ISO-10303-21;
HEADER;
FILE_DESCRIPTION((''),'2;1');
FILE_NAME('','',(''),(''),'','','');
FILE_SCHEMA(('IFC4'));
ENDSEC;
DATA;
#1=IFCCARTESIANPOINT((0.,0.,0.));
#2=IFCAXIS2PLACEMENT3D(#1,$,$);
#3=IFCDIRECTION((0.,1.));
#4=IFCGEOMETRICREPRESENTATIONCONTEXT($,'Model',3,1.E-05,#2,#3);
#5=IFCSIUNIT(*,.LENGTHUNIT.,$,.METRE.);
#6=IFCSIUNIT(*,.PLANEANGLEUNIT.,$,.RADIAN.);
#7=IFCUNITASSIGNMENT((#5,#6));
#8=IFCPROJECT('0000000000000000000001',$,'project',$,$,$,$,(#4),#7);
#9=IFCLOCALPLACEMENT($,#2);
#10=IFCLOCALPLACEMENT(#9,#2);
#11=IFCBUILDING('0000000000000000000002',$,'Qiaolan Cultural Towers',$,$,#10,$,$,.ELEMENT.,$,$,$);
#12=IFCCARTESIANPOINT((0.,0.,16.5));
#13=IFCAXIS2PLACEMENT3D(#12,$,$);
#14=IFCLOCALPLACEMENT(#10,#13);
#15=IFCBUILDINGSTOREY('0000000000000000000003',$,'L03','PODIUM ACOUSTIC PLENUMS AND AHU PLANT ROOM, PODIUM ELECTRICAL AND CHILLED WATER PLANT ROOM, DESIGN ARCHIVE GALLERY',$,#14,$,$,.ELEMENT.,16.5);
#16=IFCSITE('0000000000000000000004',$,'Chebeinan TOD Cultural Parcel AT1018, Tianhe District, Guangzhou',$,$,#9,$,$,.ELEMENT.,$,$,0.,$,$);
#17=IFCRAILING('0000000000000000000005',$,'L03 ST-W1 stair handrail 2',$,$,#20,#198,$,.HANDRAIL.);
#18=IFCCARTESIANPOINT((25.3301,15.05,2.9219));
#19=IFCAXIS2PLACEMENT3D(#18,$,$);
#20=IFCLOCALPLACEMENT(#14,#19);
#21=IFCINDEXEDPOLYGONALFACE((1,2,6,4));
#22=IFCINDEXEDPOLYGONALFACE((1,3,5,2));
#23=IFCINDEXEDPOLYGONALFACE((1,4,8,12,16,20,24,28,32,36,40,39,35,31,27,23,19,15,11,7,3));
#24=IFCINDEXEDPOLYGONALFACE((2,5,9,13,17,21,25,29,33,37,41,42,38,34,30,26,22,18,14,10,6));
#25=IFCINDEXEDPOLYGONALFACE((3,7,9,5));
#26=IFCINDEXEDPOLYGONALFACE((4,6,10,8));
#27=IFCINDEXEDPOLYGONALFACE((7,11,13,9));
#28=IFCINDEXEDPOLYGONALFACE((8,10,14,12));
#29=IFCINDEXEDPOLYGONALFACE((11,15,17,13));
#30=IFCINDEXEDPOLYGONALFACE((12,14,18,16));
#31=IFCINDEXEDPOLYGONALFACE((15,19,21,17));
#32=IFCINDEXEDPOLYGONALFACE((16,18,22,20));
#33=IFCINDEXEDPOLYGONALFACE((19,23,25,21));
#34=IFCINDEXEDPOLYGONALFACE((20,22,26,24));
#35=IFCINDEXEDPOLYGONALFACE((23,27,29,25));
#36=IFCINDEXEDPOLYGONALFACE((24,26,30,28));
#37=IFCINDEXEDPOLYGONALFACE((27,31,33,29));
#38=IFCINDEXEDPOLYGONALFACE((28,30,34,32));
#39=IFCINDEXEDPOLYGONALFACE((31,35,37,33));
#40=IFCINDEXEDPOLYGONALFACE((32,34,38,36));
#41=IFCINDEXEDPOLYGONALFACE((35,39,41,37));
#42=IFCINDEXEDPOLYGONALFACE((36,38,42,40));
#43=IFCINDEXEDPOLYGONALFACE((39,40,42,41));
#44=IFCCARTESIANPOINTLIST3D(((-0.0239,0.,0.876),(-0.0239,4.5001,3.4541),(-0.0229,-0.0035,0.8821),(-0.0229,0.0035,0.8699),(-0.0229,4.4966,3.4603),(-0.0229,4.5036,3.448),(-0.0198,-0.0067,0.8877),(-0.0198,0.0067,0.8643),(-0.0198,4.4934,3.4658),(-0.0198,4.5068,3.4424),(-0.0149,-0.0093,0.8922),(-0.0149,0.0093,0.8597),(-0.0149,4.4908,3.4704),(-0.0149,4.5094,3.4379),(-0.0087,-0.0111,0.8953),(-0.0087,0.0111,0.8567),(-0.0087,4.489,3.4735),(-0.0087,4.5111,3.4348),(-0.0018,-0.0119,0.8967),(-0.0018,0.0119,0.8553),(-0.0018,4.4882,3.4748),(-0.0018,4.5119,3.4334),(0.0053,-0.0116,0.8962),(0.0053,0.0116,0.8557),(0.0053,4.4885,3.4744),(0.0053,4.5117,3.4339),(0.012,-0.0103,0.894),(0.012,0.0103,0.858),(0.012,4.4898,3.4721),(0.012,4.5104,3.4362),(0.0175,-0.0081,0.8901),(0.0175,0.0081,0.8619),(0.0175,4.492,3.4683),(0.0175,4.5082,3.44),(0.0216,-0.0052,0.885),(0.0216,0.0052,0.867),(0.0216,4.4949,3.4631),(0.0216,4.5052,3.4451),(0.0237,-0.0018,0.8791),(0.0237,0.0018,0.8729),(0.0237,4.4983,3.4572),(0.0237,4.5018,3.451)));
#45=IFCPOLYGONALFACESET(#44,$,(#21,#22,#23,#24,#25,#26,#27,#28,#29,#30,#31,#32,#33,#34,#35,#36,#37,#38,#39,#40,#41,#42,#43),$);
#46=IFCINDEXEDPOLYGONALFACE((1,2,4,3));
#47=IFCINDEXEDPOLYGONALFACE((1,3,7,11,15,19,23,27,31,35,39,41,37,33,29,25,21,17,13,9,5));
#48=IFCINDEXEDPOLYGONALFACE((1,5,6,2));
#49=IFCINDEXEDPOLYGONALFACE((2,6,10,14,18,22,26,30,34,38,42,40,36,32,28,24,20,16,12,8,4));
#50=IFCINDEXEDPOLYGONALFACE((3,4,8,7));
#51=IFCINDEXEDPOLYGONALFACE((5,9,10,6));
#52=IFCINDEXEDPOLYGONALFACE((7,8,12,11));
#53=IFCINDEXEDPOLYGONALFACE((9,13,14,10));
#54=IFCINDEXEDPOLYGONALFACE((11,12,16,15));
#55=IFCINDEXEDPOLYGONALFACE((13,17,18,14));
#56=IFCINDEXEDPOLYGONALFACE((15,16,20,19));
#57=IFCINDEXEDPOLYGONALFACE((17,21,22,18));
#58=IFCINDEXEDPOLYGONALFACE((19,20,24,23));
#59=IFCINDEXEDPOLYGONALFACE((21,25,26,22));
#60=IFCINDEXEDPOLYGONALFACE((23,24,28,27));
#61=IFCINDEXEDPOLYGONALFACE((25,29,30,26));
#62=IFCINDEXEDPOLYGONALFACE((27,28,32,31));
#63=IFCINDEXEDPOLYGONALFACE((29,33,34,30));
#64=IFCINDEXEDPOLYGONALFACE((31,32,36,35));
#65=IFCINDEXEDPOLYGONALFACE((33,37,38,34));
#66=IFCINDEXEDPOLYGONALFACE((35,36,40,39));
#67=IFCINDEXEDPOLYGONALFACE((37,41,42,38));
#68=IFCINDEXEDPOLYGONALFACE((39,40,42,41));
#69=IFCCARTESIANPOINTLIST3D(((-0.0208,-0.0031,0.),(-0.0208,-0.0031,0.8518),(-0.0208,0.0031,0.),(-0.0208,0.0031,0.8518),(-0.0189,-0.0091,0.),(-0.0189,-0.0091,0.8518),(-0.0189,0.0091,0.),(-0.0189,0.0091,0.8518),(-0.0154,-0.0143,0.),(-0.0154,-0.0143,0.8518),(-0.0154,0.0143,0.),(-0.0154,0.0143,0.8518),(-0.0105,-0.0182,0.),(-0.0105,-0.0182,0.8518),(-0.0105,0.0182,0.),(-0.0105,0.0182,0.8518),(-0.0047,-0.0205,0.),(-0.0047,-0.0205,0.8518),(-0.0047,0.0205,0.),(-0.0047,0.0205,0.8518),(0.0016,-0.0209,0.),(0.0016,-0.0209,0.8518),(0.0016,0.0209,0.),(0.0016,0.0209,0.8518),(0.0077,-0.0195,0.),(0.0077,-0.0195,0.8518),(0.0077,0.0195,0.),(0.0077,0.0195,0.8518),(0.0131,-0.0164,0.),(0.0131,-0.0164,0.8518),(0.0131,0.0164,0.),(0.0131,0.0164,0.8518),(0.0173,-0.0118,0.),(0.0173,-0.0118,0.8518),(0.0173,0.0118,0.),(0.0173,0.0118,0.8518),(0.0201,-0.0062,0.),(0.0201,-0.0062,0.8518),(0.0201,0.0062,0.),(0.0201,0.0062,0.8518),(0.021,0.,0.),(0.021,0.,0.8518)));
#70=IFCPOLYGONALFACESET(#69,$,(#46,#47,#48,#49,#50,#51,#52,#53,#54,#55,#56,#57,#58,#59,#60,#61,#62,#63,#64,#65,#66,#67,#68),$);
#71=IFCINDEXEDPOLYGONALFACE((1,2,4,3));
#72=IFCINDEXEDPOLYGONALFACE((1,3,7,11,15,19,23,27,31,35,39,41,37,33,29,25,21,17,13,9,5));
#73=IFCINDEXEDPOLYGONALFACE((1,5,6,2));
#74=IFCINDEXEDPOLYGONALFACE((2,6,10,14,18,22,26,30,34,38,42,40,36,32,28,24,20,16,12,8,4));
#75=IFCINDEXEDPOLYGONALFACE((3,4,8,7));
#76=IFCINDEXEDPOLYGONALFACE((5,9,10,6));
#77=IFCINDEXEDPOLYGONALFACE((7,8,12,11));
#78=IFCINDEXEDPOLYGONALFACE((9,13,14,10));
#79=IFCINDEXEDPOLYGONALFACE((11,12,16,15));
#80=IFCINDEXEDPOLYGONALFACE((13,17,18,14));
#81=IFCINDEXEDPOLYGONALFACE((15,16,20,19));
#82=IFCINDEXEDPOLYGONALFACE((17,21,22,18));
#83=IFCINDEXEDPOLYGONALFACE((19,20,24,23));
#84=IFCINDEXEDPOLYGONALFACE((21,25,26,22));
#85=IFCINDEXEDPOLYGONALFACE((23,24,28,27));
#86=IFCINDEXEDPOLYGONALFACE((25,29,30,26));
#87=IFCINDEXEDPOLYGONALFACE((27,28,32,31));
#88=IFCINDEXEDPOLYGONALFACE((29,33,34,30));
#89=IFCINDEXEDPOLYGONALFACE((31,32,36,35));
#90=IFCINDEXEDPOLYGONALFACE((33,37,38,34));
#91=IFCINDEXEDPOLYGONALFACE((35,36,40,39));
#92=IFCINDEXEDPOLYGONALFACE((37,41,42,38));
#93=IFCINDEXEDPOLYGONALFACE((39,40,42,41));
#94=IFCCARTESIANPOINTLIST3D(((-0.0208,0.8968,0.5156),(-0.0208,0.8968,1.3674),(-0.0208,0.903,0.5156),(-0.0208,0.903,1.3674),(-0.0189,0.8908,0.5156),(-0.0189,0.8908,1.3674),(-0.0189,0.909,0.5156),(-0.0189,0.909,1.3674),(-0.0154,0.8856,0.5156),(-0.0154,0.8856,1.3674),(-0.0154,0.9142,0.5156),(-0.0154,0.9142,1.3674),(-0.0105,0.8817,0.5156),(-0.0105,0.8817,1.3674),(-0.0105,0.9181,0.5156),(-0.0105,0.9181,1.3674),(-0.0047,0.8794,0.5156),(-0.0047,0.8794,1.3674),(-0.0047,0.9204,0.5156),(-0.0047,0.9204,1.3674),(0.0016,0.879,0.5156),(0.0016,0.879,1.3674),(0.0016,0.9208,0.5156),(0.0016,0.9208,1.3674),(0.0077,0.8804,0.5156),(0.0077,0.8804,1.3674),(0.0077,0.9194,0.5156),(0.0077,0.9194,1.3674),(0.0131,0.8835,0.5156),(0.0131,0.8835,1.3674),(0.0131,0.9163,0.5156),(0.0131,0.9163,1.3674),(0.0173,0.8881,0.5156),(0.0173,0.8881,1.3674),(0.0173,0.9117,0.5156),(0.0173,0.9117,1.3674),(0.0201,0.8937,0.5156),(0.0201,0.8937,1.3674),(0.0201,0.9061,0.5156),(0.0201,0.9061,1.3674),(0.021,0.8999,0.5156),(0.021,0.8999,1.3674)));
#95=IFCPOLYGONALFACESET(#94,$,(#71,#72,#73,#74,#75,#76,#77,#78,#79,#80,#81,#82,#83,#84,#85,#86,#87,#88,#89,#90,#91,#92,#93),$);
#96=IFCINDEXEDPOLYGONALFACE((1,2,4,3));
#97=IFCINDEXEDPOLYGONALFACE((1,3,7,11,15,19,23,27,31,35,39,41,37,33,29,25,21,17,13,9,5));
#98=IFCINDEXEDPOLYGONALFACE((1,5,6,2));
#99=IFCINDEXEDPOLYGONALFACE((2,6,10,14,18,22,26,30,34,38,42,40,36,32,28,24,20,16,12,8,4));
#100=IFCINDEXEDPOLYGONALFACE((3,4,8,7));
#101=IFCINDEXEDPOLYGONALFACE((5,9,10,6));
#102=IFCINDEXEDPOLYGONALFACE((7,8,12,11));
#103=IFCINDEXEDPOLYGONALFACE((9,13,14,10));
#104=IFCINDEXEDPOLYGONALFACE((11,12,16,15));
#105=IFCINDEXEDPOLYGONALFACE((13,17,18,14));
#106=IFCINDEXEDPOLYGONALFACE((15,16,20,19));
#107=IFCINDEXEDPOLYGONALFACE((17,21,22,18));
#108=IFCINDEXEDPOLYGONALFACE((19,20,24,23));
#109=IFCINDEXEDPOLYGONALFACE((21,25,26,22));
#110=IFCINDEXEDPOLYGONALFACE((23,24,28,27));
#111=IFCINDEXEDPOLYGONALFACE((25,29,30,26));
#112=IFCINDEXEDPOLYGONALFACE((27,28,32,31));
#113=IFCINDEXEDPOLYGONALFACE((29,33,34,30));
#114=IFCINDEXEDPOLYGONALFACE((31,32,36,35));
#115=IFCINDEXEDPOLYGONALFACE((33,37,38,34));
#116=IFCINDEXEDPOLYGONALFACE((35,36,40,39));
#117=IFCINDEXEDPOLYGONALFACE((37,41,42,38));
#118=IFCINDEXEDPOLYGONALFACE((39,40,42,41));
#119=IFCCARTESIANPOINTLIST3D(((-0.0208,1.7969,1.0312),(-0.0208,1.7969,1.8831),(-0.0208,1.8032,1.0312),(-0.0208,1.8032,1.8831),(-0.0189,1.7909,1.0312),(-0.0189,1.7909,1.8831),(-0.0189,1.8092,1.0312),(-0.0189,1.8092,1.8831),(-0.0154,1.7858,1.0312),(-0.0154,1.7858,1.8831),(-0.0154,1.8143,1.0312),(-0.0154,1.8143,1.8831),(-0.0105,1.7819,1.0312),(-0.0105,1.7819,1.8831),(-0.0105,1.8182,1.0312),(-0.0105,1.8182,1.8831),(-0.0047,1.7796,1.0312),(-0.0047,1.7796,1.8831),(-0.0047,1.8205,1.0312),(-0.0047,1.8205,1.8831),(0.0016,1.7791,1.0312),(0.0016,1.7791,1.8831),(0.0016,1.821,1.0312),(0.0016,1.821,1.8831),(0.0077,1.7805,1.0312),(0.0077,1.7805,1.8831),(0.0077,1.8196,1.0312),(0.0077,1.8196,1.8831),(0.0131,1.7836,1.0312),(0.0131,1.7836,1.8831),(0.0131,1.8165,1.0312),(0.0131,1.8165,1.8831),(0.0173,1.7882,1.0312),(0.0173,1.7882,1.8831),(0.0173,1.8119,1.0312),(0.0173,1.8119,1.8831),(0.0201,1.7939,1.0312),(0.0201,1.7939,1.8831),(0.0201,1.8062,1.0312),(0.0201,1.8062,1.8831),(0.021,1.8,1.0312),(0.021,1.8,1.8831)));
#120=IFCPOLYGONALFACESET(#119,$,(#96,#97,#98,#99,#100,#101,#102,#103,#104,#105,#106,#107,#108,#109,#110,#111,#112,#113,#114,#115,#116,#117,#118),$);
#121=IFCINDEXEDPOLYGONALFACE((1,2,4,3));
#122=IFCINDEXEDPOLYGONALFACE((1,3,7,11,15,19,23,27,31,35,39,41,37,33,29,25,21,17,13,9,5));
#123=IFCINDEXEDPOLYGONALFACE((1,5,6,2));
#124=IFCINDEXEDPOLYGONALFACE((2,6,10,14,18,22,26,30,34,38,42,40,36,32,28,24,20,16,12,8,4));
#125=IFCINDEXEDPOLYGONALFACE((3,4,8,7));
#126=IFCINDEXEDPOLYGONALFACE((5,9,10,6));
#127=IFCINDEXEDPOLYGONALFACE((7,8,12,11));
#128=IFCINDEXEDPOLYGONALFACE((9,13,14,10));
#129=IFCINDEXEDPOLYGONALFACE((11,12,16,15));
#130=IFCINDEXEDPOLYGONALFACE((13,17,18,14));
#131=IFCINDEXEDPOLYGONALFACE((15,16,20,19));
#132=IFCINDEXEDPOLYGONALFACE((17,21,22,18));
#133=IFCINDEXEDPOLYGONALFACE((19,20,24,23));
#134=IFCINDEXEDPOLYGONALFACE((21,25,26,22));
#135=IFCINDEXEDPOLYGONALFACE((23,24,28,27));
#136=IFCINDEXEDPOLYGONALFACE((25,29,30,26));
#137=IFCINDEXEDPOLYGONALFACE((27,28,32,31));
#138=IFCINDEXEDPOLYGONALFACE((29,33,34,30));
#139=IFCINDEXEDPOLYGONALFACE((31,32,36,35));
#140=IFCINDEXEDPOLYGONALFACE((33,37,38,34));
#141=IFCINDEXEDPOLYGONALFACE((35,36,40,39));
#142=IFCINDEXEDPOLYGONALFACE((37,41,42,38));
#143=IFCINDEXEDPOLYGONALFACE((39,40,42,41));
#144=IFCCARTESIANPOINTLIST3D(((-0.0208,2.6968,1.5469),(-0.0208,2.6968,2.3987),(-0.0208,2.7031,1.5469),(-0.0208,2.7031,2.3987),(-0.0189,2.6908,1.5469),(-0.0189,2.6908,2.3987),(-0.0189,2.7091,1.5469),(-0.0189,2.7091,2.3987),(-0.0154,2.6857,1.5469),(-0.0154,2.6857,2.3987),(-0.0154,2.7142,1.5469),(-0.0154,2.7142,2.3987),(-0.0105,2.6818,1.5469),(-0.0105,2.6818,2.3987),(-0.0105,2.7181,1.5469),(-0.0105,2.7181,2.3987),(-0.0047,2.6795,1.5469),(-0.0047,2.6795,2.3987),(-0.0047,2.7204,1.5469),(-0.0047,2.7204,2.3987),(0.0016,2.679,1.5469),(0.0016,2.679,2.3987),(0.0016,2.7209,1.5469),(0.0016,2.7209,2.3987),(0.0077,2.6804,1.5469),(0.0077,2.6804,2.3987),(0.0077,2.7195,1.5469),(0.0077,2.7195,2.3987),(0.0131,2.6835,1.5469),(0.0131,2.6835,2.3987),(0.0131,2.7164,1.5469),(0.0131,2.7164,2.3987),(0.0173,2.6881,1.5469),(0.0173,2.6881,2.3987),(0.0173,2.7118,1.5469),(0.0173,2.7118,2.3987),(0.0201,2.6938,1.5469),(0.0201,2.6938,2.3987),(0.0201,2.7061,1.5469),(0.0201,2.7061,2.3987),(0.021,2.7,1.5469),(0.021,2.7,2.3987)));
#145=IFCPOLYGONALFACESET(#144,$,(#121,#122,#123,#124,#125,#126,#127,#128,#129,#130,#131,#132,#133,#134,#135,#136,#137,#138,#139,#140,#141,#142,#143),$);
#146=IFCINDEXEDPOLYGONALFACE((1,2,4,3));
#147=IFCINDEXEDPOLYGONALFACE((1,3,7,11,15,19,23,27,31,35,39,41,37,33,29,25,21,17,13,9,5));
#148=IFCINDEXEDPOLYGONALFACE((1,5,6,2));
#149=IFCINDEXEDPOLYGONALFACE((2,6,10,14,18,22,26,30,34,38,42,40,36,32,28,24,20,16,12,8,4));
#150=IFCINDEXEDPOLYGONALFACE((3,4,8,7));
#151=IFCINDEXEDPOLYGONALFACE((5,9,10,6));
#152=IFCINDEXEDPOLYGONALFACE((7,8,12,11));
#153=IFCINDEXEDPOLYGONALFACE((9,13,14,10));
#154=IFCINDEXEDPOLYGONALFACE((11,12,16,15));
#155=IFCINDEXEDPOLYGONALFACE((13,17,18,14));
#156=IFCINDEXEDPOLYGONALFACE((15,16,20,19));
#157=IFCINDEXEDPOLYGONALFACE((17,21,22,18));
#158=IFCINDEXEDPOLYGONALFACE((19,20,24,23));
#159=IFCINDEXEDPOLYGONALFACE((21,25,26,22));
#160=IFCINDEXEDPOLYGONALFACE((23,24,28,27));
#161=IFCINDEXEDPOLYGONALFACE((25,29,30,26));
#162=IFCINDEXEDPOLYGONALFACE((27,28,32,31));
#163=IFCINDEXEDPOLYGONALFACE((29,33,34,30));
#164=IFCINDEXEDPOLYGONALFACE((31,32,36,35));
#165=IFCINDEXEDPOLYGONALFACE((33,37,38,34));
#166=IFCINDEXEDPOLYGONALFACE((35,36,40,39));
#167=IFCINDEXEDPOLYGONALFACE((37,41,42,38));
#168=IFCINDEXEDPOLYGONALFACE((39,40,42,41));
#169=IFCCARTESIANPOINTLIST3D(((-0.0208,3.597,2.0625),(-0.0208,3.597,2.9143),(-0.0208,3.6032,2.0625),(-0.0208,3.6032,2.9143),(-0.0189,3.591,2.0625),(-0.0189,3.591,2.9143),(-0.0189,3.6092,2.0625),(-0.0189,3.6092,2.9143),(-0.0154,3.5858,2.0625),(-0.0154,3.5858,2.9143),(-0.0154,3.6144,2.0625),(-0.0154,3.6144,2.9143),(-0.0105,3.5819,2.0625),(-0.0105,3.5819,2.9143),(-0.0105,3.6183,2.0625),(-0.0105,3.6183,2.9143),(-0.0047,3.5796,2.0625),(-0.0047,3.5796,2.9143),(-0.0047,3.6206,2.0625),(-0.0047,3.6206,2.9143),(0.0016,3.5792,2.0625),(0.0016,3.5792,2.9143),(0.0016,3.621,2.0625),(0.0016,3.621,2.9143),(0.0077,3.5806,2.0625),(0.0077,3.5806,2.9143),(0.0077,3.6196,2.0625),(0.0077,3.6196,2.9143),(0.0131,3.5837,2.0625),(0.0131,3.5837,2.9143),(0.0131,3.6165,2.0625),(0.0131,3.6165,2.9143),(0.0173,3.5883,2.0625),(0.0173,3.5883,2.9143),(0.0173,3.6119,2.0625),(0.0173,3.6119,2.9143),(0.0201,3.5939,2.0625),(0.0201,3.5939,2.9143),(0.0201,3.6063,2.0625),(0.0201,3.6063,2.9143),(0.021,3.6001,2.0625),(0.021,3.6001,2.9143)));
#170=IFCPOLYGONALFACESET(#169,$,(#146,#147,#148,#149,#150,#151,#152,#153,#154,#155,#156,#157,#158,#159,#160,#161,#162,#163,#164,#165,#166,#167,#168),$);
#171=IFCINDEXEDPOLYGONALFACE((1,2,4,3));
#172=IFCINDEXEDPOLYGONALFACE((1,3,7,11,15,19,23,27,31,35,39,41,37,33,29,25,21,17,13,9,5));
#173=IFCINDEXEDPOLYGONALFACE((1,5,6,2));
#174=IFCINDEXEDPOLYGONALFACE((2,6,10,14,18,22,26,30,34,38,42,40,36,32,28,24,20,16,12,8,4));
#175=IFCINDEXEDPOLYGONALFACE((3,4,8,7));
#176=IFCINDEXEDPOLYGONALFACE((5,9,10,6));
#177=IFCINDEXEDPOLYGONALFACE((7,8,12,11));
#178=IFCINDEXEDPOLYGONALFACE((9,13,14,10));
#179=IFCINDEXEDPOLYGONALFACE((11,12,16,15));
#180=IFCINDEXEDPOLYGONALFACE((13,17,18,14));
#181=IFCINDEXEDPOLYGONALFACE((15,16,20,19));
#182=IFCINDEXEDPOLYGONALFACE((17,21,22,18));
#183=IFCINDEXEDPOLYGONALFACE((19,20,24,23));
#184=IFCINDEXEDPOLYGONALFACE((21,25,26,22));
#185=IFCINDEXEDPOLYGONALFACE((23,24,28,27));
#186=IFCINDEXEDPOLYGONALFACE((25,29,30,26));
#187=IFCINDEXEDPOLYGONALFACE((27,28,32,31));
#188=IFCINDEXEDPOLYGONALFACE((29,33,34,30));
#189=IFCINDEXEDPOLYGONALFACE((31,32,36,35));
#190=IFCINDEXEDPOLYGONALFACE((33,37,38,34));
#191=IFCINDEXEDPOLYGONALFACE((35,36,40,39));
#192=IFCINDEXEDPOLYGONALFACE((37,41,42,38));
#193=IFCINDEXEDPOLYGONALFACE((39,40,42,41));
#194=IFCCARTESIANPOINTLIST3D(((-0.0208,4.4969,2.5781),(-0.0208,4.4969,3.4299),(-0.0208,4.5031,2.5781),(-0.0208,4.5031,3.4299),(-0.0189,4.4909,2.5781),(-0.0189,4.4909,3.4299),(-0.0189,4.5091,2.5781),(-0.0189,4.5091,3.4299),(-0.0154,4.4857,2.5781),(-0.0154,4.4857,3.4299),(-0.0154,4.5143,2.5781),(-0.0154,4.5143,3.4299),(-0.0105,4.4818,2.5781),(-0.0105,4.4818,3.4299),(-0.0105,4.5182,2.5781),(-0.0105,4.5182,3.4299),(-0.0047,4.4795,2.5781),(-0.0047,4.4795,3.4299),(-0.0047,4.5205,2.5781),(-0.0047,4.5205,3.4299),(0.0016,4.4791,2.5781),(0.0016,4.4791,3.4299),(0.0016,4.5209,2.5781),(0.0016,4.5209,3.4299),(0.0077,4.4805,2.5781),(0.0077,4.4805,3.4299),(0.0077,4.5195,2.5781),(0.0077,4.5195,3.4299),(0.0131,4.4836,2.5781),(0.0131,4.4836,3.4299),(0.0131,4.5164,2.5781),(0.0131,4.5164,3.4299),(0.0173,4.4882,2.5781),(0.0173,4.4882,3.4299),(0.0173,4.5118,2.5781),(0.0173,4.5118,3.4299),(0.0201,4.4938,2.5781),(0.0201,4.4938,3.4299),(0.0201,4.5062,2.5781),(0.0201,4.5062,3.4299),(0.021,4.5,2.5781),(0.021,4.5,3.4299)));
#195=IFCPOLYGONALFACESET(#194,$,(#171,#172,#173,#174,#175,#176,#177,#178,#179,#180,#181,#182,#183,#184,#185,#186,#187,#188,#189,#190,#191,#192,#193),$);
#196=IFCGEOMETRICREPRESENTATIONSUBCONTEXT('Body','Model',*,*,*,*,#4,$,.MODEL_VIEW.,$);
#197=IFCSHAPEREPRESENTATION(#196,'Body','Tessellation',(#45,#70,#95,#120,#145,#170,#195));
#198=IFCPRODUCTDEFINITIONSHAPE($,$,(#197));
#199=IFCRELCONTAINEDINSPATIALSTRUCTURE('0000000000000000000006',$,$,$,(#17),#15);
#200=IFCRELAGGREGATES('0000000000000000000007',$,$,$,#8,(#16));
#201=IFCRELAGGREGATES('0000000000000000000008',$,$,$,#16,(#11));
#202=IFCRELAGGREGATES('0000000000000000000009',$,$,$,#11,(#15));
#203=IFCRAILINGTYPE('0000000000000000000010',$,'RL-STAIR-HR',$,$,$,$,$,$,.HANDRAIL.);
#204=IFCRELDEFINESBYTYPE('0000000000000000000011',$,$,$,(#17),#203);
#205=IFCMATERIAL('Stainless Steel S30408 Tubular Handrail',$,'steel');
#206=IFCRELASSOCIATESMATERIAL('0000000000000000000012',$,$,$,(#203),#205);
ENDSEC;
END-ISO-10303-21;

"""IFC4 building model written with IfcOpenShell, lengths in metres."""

from ifc_helpers import new_model, si_unit, direction, frame, origin, origin_2d, place, context, subcontext, project, spatial, circle, extrude, material, type_object, element, save


model = new_model("IFC4")

# Units and contexts
model_context = context("Model", 3, precision=1e-05, world=origin(), true_north=direction((0.0, 1.0)))
body_context = subcontext(model_context, "Body", "Model", "MODEL_VIEW")
ifc_project = project(units=[si_unit("LENGTHUNIT", "METRE"), si_unit("PLANEANGLEUNIT", "RADIAN")], contexts=[model_context])

# Site, building, storey
site_placement = place(None, origin())
site = spatial("IfcSite", under=ifc_project, at=site_placement, Name="Chebeinan TOD Cultural Parcel AT1018, Tianhe District, Guangzhou", CompositionType="ELEMENT", RefElevation=0.0)
building_placement = place(site_placement, origin())
building = spatial("IfcBuilding", under=site, at=building_placement, Name="Qiaolan Cultural Towers", CompositionType="ELEMENT")
storey_placement = place(building_placement, frame((0.0, 0.0, 16.5)))
storey = spatial("IfcBuildingStorey", under=building, at=storey_placement, Name="L03", Description="PODIUM ACOUSTIC PLENUMS AND AHU PLANT ROOM, PODIUM ELECTRICAL AND CHILLED WATER PLANT ROOM, DESIGN ARCHIVE GALLERY", CompositionType="ELEMENT", Elevation=16.5)

# Railing
ifc_material_1 = material(Name="Stainless Steel S30408 Tubular Handrail", Category="steel")
railing_type_1 = type_object("IfcRailingType", Name="RL-STAIR-HR", PredefinedType="HANDRAIL", material=ifc_material_1)
railing_1_placement = place(storey_placement, frame((25.3301, 15.05, 2.9219)))
element("IfcRailing", 1, at=railing_1_placement, inside=storey, type_object=railing_type_1, Name="L03 ST-W1 stair handrail 2", PredefinedType="HANDRAIL", context=body_context, shape_type="SweptSolid", body=[
    extrude(circle(Radius=0.0239, at=origin_2d()), frame((0.0, 0.0, 0.876), z_axis=(0.0, 0.867686, 0.497112), x_axis=(-1.0, 0.0, 0.0)), (0.0, 0.0, 1.0), 5.1863),
    extrude(circle(Radius=0.021, at=origin_2d()), origin(), (0.0, 0.0, 1.0), 0.8518),
    extrude(circle(Radius=0.021, at=origin_2d()), frame((0.0, 0.8999, 0.5156)), (0.0, 0.0, 1.0), 0.8518),
    extrude(circle(Radius=0.021, at=origin_2d()), frame((0.0, 1.8, 1.0312)), (0.0, 0.0, 1.0), 0.8518),
    extrude(circle(Radius=0.021, at=origin_2d()), frame((0.0, 2.7, 1.5469)), (0.0, 0.0, 1.0), 0.8518),
    extrude(circle(Radius=0.021, at=origin_2d()), frame((0.0, 3.6001, 2.0625)), (0.0, 0.0, 1.0), 0.8518),
    extrude(circle(Radius=0.021, at=origin_2d()), frame((0.0, 4.5, 2.5781)), (0.0, 0.0, 1.0), 0.8518),
])

save(model, "model.ifc")
